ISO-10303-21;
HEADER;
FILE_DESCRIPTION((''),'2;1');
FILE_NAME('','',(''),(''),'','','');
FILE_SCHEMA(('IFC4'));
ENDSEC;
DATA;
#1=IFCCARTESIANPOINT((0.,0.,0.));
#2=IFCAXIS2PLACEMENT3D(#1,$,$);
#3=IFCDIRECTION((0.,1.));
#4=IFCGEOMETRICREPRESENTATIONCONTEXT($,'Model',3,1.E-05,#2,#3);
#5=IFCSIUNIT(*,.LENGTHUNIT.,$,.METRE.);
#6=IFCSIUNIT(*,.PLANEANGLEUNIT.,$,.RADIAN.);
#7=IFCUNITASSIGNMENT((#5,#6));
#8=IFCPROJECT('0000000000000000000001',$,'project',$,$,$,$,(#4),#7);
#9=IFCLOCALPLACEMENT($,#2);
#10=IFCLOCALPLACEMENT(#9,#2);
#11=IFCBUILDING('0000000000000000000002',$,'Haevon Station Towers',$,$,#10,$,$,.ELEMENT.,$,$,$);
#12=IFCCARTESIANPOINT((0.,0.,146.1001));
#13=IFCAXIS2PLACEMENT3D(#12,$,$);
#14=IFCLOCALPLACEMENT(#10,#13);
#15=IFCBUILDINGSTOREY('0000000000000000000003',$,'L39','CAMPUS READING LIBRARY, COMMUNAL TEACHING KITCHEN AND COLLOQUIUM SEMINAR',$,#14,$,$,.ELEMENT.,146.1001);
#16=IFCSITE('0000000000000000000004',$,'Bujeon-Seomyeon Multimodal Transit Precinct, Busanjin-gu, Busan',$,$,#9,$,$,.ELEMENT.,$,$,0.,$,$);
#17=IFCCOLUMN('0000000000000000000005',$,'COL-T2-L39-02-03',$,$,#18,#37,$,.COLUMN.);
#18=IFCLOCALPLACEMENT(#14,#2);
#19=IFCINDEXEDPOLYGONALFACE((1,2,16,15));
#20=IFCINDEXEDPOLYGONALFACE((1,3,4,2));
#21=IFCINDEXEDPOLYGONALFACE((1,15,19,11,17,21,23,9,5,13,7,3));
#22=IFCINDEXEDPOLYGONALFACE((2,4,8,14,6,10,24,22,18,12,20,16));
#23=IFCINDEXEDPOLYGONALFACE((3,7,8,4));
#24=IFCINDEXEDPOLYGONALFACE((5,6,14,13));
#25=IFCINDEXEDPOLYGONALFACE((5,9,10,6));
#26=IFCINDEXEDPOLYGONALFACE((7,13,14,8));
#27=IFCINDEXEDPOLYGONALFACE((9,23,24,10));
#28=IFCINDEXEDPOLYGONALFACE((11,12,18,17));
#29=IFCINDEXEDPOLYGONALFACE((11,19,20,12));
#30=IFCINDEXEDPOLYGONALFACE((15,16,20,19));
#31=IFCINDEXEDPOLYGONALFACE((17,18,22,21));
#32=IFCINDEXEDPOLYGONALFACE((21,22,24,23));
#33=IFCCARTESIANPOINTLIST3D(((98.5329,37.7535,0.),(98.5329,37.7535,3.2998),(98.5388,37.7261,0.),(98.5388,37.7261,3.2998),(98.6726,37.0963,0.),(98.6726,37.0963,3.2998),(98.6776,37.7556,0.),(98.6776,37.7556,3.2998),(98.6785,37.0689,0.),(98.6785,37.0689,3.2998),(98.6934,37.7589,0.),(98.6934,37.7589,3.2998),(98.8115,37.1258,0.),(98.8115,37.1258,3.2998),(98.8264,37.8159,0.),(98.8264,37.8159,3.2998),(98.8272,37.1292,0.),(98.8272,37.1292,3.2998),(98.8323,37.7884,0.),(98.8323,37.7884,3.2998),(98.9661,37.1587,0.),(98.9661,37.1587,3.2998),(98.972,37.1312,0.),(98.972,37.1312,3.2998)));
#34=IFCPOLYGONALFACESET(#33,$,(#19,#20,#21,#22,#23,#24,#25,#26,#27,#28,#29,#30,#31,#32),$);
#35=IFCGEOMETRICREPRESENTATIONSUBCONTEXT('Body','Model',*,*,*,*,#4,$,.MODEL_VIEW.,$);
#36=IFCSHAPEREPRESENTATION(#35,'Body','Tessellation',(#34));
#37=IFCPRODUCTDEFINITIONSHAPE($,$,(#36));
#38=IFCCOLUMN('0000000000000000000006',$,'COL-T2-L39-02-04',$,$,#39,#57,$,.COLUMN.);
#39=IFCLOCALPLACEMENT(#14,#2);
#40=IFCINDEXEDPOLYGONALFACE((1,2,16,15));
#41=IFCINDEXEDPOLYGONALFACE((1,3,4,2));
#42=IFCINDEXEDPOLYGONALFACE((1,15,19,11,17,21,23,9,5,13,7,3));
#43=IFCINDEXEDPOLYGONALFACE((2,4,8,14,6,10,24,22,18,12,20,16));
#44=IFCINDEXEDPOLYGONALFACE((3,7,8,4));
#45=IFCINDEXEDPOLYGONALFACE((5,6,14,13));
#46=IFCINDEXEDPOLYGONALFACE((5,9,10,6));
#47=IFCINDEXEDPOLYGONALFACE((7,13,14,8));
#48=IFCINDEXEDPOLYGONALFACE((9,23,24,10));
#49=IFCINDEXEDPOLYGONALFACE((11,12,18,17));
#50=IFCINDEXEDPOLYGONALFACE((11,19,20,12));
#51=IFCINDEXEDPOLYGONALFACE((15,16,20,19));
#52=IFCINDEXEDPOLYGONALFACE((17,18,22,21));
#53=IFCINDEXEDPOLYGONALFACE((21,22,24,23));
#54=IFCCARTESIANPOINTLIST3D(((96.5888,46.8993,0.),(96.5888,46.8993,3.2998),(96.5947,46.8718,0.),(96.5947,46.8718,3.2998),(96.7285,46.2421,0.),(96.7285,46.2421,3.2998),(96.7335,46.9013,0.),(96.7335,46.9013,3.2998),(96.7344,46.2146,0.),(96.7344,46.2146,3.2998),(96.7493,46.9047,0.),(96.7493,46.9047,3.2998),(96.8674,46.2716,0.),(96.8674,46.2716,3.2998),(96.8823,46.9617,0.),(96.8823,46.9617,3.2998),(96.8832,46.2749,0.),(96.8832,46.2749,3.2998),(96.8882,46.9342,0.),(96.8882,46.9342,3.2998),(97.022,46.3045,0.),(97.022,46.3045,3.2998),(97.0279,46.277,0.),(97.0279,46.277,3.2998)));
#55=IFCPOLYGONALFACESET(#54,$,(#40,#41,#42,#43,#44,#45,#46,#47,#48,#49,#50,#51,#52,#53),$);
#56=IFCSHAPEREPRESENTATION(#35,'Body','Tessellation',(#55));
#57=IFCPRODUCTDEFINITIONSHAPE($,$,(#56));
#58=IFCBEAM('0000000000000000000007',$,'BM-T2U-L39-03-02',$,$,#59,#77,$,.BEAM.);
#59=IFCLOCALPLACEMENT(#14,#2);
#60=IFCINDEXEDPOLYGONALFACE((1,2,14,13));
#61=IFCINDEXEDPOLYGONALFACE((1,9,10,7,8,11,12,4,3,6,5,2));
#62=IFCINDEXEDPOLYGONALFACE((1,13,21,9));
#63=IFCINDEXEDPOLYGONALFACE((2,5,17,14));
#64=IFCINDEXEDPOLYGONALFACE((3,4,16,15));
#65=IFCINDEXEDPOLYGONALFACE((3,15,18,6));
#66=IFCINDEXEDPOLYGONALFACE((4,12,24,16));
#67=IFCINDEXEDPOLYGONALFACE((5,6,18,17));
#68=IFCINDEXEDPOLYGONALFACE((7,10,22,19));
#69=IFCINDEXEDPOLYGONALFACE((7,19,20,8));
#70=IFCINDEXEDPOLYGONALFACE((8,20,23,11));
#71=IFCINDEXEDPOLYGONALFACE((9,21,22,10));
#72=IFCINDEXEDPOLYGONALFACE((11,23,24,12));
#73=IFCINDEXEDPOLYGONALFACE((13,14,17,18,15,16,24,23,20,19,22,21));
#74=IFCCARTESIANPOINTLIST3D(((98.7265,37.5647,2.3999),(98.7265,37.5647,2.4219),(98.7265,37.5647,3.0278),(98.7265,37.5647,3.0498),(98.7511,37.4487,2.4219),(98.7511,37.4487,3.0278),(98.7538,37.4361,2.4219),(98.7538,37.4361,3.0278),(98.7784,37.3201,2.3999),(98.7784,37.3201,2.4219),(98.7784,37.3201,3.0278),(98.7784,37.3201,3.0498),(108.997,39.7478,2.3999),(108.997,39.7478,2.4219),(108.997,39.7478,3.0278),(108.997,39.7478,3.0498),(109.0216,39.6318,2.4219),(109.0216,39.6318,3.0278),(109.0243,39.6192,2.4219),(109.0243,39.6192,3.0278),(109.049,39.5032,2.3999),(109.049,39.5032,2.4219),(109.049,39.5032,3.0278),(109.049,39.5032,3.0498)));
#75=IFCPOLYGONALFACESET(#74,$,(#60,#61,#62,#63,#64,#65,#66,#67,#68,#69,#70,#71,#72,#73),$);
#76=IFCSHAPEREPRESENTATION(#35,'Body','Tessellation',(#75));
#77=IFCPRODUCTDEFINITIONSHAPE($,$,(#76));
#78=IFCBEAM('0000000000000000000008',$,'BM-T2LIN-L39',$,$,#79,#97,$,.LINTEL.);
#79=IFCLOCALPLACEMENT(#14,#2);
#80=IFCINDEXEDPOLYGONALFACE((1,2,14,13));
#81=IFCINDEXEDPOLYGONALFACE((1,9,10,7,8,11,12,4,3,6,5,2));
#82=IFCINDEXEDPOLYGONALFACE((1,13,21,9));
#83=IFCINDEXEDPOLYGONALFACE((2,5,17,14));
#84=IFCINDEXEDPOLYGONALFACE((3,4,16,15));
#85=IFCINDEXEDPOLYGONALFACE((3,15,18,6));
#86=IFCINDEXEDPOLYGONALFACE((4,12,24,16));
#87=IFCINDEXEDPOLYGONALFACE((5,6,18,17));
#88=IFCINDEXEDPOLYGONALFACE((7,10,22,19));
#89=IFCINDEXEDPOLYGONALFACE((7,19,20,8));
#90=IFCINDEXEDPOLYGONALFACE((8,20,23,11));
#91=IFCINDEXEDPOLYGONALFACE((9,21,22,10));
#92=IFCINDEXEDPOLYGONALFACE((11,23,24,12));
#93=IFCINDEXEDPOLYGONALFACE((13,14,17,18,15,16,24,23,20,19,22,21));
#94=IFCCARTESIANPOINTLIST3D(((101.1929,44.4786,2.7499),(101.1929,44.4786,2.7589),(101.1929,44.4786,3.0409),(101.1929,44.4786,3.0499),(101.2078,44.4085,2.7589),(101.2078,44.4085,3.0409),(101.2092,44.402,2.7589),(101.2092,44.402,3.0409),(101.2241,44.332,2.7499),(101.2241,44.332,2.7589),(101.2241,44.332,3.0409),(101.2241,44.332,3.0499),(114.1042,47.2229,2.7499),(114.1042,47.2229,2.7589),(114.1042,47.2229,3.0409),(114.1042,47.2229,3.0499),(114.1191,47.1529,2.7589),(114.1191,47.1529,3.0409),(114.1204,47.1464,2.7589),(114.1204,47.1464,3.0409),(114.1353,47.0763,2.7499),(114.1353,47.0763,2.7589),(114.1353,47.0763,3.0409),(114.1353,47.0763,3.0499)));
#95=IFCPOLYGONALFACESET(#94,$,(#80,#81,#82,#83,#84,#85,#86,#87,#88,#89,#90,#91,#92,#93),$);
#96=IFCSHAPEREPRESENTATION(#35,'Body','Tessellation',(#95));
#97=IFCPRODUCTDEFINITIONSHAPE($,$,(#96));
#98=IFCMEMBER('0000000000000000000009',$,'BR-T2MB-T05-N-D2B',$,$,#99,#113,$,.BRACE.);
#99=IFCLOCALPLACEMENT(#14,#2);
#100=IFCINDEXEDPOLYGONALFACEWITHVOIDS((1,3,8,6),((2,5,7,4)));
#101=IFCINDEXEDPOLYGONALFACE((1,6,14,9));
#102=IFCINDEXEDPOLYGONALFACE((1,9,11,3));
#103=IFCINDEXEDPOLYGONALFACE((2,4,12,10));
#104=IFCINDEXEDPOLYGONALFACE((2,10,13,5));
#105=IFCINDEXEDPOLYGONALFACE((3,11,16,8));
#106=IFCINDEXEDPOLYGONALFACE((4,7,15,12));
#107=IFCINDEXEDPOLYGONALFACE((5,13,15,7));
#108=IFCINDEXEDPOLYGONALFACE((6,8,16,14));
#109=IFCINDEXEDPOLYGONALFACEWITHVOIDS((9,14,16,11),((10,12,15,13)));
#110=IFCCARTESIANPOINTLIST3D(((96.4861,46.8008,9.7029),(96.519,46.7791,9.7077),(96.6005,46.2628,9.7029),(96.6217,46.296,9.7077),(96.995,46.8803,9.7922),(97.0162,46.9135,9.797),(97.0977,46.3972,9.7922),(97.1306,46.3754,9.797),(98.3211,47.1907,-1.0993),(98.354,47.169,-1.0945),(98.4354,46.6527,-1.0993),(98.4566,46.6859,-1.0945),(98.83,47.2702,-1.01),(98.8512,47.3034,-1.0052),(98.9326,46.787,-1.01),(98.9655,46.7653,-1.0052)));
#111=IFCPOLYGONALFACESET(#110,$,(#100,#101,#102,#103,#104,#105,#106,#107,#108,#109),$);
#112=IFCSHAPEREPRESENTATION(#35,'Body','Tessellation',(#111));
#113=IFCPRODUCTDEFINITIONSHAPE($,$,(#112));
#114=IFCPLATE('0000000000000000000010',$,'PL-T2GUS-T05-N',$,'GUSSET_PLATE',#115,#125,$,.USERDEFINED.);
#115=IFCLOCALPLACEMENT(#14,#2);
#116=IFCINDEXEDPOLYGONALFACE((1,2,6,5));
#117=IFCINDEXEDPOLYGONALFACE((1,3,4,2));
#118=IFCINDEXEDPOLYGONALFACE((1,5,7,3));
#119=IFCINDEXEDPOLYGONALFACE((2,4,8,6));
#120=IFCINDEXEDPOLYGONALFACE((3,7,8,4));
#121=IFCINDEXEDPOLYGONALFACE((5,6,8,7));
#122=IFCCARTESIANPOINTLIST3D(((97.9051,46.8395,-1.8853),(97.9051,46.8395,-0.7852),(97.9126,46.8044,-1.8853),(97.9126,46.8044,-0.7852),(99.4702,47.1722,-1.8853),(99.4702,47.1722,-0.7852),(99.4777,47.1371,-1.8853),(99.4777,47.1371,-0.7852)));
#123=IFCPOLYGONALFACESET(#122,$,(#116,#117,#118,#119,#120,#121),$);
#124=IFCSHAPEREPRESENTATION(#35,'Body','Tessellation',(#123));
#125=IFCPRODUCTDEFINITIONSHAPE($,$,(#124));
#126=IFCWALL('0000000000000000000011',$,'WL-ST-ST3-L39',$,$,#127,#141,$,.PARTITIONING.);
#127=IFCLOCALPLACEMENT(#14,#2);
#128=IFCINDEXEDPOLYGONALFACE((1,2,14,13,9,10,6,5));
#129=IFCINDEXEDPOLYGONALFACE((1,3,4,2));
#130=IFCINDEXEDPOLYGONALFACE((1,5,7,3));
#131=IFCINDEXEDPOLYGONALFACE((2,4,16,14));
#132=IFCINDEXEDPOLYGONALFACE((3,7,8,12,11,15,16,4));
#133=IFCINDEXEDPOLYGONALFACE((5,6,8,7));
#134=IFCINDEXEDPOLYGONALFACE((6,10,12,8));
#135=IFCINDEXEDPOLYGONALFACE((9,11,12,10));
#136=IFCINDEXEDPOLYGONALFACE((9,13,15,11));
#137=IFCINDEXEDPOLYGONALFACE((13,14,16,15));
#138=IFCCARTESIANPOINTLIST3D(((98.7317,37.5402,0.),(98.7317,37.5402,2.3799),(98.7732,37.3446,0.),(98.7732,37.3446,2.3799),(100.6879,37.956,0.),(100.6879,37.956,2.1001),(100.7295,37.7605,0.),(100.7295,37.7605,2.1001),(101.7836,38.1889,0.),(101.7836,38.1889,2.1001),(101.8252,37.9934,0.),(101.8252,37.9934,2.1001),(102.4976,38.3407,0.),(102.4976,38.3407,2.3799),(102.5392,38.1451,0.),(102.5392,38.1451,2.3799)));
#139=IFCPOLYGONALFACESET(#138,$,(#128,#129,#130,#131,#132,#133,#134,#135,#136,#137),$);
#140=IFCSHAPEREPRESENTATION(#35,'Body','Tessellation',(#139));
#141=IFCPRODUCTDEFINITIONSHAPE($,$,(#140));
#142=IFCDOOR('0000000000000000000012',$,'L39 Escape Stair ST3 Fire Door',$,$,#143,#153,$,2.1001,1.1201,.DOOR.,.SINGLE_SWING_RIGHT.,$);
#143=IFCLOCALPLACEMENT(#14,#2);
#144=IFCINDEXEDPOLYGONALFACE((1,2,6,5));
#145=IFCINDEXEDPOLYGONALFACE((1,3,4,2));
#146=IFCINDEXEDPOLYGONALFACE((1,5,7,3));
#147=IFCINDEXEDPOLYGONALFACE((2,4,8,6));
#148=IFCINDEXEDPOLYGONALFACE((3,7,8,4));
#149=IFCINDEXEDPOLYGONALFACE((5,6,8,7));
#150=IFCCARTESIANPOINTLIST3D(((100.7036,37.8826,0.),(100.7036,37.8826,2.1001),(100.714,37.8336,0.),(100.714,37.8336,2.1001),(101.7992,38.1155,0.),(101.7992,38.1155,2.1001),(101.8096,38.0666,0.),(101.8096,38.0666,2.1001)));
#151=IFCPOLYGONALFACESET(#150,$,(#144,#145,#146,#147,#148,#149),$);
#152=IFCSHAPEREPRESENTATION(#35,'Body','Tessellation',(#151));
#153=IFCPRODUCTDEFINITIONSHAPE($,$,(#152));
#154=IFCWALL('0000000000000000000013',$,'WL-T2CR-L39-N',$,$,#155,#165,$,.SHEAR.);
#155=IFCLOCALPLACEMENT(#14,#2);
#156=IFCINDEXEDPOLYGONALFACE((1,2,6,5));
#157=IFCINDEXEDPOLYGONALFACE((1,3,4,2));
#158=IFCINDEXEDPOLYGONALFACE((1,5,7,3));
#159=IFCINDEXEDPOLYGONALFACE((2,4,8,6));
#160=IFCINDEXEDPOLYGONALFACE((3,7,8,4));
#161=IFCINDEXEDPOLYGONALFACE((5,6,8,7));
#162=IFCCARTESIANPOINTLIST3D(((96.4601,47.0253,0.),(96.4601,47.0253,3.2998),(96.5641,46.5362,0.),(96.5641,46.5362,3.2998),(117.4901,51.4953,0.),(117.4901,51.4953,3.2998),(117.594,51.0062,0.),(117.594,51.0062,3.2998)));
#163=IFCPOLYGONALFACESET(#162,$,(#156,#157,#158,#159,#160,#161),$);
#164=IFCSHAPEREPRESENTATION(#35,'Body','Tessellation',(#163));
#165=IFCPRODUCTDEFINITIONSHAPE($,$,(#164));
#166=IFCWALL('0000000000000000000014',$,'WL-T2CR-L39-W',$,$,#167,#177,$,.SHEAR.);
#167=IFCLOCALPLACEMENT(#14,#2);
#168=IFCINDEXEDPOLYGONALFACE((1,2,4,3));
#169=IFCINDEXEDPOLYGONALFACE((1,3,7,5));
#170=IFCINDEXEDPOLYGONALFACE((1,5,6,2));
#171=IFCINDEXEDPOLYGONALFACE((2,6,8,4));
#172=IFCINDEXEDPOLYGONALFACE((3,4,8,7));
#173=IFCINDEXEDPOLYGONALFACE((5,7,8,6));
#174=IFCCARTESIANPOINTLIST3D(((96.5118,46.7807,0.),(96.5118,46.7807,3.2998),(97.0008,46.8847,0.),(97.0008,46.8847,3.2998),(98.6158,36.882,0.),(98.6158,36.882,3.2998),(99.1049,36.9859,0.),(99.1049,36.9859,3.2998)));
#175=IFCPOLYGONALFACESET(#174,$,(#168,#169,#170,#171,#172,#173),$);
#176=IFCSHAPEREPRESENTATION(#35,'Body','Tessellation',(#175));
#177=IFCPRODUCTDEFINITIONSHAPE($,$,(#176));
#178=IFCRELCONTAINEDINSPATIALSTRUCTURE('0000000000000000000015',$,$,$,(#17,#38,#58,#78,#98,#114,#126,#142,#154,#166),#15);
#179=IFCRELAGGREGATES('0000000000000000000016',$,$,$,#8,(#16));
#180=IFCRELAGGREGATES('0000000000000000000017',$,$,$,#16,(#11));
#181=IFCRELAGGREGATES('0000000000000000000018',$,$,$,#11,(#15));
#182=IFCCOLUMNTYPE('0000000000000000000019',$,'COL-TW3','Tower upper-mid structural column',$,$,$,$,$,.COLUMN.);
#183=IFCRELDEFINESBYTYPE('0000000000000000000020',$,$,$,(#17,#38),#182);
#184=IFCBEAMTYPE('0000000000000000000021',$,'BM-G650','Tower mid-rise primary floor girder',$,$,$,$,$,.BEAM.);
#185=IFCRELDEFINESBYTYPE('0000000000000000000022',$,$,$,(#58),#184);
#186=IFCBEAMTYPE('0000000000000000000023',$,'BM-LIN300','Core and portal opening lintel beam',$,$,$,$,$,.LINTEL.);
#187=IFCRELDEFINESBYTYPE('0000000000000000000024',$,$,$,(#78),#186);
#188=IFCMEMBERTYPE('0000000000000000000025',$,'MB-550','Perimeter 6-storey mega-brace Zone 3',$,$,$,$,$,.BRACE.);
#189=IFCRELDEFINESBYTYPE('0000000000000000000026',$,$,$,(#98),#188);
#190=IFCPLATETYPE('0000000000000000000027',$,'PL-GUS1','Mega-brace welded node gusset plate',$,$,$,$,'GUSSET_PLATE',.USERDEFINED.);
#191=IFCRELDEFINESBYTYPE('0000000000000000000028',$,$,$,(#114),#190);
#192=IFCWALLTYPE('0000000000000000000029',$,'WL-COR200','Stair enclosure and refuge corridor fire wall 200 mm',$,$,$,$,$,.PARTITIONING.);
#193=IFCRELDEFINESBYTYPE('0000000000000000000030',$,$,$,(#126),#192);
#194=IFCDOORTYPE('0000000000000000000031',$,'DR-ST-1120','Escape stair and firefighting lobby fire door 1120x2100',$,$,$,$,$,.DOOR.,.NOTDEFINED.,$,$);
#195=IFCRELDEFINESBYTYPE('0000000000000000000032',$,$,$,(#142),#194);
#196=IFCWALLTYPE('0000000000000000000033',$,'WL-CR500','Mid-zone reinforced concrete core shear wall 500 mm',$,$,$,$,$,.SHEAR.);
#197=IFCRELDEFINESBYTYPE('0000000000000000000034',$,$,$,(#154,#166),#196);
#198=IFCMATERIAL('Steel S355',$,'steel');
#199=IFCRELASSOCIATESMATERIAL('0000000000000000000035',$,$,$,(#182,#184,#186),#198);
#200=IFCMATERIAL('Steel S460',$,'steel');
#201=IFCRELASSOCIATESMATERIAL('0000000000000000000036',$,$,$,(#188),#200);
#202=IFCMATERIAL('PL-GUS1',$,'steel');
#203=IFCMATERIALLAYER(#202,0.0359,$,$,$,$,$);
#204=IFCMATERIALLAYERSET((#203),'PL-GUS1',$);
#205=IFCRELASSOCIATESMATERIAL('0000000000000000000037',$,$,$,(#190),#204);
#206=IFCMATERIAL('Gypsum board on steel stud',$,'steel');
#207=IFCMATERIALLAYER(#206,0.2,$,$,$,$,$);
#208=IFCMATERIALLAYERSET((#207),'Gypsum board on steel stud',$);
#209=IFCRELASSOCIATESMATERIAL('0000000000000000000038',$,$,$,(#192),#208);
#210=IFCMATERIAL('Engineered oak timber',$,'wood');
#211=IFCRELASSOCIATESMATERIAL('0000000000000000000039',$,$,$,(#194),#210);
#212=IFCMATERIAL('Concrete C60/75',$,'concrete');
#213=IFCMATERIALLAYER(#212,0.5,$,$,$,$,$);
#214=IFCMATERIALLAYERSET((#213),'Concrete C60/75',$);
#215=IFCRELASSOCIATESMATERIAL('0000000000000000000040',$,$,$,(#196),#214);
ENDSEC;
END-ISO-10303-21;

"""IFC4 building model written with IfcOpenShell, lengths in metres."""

from ifc_helpers import new_model, si_unit, direction, frame, frame_2d, origin, origin_2d, place, context, subcontext, project, spatial, rectangle, hollow_rectangle, i_section, extrude, material, layer, layer_set, material_profile, profile_set, type_object, element, fill, save


model = new_model("IFC4")

# Units and contexts
model_context = context("Model", 3, precision=1e-05, world=origin(), true_north=direction((0.0, 1.0)))
body_context = subcontext(model_context, "Body", "Model", "MODEL_VIEW")
ifc_project = project(units=[si_unit("LENGTHUNIT", "METRE"), si_unit("PLANEANGLEUNIT", "RADIAN")], contexts=[model_context])

# Site, building, storey
site_placement = place(None, origin())
site = spatial("IfcSite", under=ifc_project, at=site_placement, Name="Bujeon-Seomyeon Multimodal Transit Precinct, Busanjin-gu, Busan", CompositionType="ELEMENT", RefElevation=0.0)
building_placement = place(site_placement, origin())
building = spatial("IfcBuilding", under=site, at=building_placement, Name="Haevon Station Towers", CompositionType="ELEMENT")
storey_placement = place(building_placement, frame((0.0, 0.0, 146.1001)))
storey = spatial("IfcBuildingStorey", under=building, at=storey_placement, Name="L39", Description="CAMPUS READING LIBRARY, COMMUNAL TEACHING KITCHEN AND COLLOQUIUM SEMINAR", CompositionType="ELEMENT", Elevation=146.1001)

# Columns
ifc_material_1 = material(Name="Steel S355", Category="steel")
ifc_material_profile_1 = material_profile(ifc_material_1, i_section(OverallWidth=0.3, OverallDepth=0.7, WebThickness=0.0161, FlangeThickness=0.0281, at=origin_2d()), Name="H-700x300x16x28")
ifc_profile_set_1 = profile_set([ifc_material_profile_1], Name="Steel S355")
column_type = type_object("IfcColumnType", Name="COL-TW3", Description="Tower upper-mid structural column", PredefinedType="COLUMN", material=ifc_profile_set_1)
for number, where, z_axis, x_axis, name in (
    (1, (98.7524, 37.4424, 0.0), (0.0, 0.0, 1.0), (0.978148, 0.207912, 0.0), "COL-T2-L39-02-03"),
    (2, (96.8083, 46.5881, 0.0), (0.0, 0.0, 1.0), (0.978148, 0.207912, 0.0), "COL-T2-L39-02-04"),
):
    element("IfcColumn", number, at=place(storey_placement, frame(where, z_axis=z_axis, x_axis=x_axis)), inside=storey, type_object=column_type, Name=name, PredefinedType="COLUMN", context=body_context, shape_type="SweptSolid", body=[
        extrude(i_section(OverallWidth=0.3, OverallDepth=0.7, WebThickness=0.0161, FlangeThickness=0.0281, at=origin_2d()), origin(), (0.0, 0.0, 1.0), 3.2998),
    ])

# Beams
ifc_material_profile_2 = material_profile(ifc_material_1, i_section(OverallWidth=0.25, OverallDepth=0.6499, WebThickness=0.0129, FlangeThickness=0.022, at=origin_2d()), Name="H-650x250x13x22")
ifc_profile_set_2 = profile_set([ifc_material_profile_2], Name="Steel S355")
beam_type_1 = type_object("IfcBeamType", Name="BM-G650", Description="Tower mid-rise primary floor girder", PredefinedType="BEAM", material=ifc_profile_set_2)
beam_1_placement = place(storey_placement, frame((98.7524, 37.4424, 2.7249), z_axis=(0.978147, 0.207915, 0.0), x_axis=(-0.207915, 0.978147, 0.0)))
element("IfcBeam", 3, at=beam_1_placement, inside=storey, type_object=beam_type_1, Name="BM-T2U-L39-03-02", PredefinedType="BEAM", context=body_context, shape_type="SweptSolid", body=[
    extrude(i_section(OverallWidth=0.25, OverallDepth=0.6499, WebThickness=0.0129, FlangeThickness=0.022, at=origin_2d()), origin(), (0.0, 0.0, 1.0), 10.5),
])
ifc_material_profile_3 = material_profile(ifc_material_1, i_section(OverallWidth=0.1499, OverallDepth=0.3, WebThickness=0.0066, FlangeThickness=0.009, at=origin_2d()), Name="H-300x150x6.5x9")
ifc_profile_set_3 = profile_set([ifc_material_profile_3], Name="Steel S355")
beam_type_2 = type_object("IfcBeamType", Name="BM-LIN300", Description="Core and portal opening lintel beam", PredefinedType="LINTEL", material=ifc_profile_set_3)
beam_2_placement = place(storey_placement, frame((101.2085, 44.4053, 2.8999), z_axis=(0.978148, 0.207911, 0.0), x_axis=(-0.207911, 0.978148, 0.0)))
element("IfcBeam", 4, at=beam_2_placement, inside=storey, type_object=beam_type_2, Name="BM-T2LIN-L39", PredefinedType="LINTEL", context=body_context, shape_type="SweptSolid", body=[
    extrude(i_section(OverallWidth=0.1499, OverallDepth=0.3, WebThickness=0.0066, FlangeThickness=0.009, at=origin_2d()), origin(), (0.0, 0.0, 1.0), 13.1997),
])

# Member
ifc_material_2 = material(Name="Steel S460", Category="steel")
ifc_material_profile_4 = material_profile(ifc_material_2, hollow_rectangle(XDim=0.55, YDim=0.55, WallThickness=0.0281, at=origin_2d()), Name="RHS-550x550x28")
ifc_profile_set_4 = profile_set([ifc_material_profile_4], Name="Steel S460")
member_type = type_object("IfcMemberType", Name="MB-550", Description="Perimeter 6-storey mega-brace Zone 3", PredefinedType="BRACE", material=ifc_profile_set_4)
member_placement = place(storey_placement, frame((98.6433, 46.978, -1.0522), z_axis=(-0.167364, -0.035561, 0.985254), x_axis=(0.20784, -0.978163, 0.0)))
element("IfcMember", 5, at=member_placement, inside=storey, type_object=member_type, Name="BR-T2MB-T05-N-D2B", PredefinedType="BRACE", context=body_context, shape_type="SweptSolid", body=[
    extrude(hollow_rectangle(XDim=0.55, YDim=0.55, WallThickness=0.0281, at=origin_2d()), origin(), (0.0, 0.0, 1.0), 10.9639),
])

# Plate
ifc_material_3 = material(Name="PL-GUS1", Category="steel")
ifc_layer_1 = layer(ifc_material_3, 0.0359)
ifc_layer_set_1 = layer_set([ifc_layer_1], Name="PL-GUS1")
plate_type = type_object("IfcPlateType", Name="PL-GUS1", Description="Mega-brace welded node gusset plate", ElementType="GUSSET_PLATE", PredefinedType="USERDEFINED", material=ifc_layer_set_1)
plate_placement = place(storey_placement, frame((98.6914, 46.9883, -1.8853), z_axis=(0.0, 0.0, 1.0), x_axis=(0.978148, 0.207912, 0.0)))
element("IfcPlate", 6, at=plate_placement, inside=storey, type_object=plate_type, Name="PL-T2GUS-T05-N", ObjectType="GUSSET_PLATE", PredefinedType="USERDEFINED", context=body_context, shape_type="SweptSolid", body=[
    extrude(rectangle(XDim=1.6001, YDim=0.0359, at=origin_2d()), origin(), (0.0, 0.0, 1.0), 1.1001),
])

# Wall, opening, door
ifc_material_4 = material(Name="Gypsum board on steel stud", Category="steel")
ifc_layer_2 = layer(ifc_material_4, 0.2)
ifc_layer_set_2 = layer_set([ifc_layer_2], Name="Gypsum board on steel stud")
wall_type_1 = type_object("IfcWallType", Name="WL-COR200", Description="Stair enclosure and refuge corridor fire wall 200 mm", PredefinedType="PARTITIONING", material=ifc_layer_set_2)
wall_1_placement = place(storey_placement, frame((98.7524, 37.4424, 0.0), z_axis=(0.0, 0.0, 1.0), x_axis=(0.978144, 0.207931, 0.0)))
wall_1 = element("IfcWall", 7, at=wall_1_placement, inside=storey, type_object=wall_type_1, Name="WL-ST-ST3-L39", PredefinedType="PARTITIONING", context=body_context, shape_type="SweptSolid", body=[
    extrude(rectangle(XDim=3.8501, YDim=0.2, at=frame_2d((1.925, 0.0))), origin(), (0.0, 0.0, 1.0), 2.3799),
])
opening_1_placement = place(wall_1_placement, frame((2.0, 0.0, 0.0)))
opening_1 = element("IfcOpeningElement", 8, at=opening_1_placement, cuts=wall_1, PredefinedType="OPENING", context=body_context, shape_type="SweptSolid", body=[
    extrude(rectangle(XDim=1.1201, YDim=2.1001, at=frame_2d((0.5601, 1.05))), frame((0.0, 0.1099, 0.0), z_axis=(0.0, -1.0, 0.0), x_axis=(1.0, 0.0, 0.0)), (0.0, 0.0, 1.0), 0.22),
])
ifc_material_5 = material(Name="Engineered oak timber", Category="wood")
door_type_1 = type_object("IfcDoorType", Name="DR-ST-1120", Description="Escape stair and firefighting lobby fire door 1120x2100", OperationType="NOTDEFINED", PredefinedType="DOOR", material=ifc_material_5)
door_1_placement = place(opening_1_placement, origin())
door_1 = element("IfcDoor", 9, at=door_1_placement, inside=storey, type_object=door_type_1, Name="L39 Escape Stair ST3 Fire Door", OperationType="SINGLE_SWING_RIGHT", OverallHeight=2.1001, OverallWidth=1.1201, PredefinedType="DOOR", context=body_context, shape_type="SweptSolid", body=[
    extrude(rectangle(XDim=1.1201, YDim=2.1001, at=frame_2d((0.5601, 1.05))), frame((0.0, 0.0249, 0.0), z_axis=(0.0, -1.0, 0.0), x_axis=(1.0, 0.0, 0.0)), (0.0, 0.0, 1.0), 0.05),
])
fill(opening_1, door_1)

# Walls
ifc_material_6 = material(Name="Concrete C60/75", Category="concrete")
ifc_layer_3 = layer(ifc_material_6, 0.5)
ifc_layer_set_3 = layer_set([ifc_layer_3], Name="Concrete C60/75")
wall_type_2 = type_object("IfcWallType", Name="WL-CR500", Description="Mid-zone reinforced concrete core shear wall 500 mm", PredefinedType="SHEAR", material=ifc_layer_set_3)
wall_2_placement = place(storey_placement, frame((96.512, 46.7808, 0.0), z_axis=(0.0, 0.0, 1.0), x_axis=(0.978149, 0.207907, 0.0)))
element("IfcWall", 10, at=wall_2_placement, inside=storey, type_object=wall_type_2, Name="WL-T2CR-L39-N", PredefinedType="SHEAR", context=body_context, shape_type="SweptSolid", body=[
    extrude(rectangle(XDim=21.4998, YDim=0.5, at=frame_2d((10.75, 0.0))), origin(), (0.0, 0.0, 1.0), 3.2998),
])
wall_3_placement = place(storey_placement, frame((98.8604, 36.9338, 0.0), z_axis=(0.0, 0.0, 1.0), x_axis=(-0.207909, 0.978148, 0.0)))
element("IfcWall", 11, at=wall_3_placement, inside=storey, type_object=wall_type_2, Name="WL-T2CR-L39-W", PredefinedType="SHEAR", context=body_context, shape_type="SweptSolid", body=[
    extrude(rectangle(XDim=10.1199, YDim=0.5, at=frame_2d((5.0601, 0.0))), origin(), (0.0, 0.0, 1.0), 3.2998),
])

save(model, "model.ifc")
